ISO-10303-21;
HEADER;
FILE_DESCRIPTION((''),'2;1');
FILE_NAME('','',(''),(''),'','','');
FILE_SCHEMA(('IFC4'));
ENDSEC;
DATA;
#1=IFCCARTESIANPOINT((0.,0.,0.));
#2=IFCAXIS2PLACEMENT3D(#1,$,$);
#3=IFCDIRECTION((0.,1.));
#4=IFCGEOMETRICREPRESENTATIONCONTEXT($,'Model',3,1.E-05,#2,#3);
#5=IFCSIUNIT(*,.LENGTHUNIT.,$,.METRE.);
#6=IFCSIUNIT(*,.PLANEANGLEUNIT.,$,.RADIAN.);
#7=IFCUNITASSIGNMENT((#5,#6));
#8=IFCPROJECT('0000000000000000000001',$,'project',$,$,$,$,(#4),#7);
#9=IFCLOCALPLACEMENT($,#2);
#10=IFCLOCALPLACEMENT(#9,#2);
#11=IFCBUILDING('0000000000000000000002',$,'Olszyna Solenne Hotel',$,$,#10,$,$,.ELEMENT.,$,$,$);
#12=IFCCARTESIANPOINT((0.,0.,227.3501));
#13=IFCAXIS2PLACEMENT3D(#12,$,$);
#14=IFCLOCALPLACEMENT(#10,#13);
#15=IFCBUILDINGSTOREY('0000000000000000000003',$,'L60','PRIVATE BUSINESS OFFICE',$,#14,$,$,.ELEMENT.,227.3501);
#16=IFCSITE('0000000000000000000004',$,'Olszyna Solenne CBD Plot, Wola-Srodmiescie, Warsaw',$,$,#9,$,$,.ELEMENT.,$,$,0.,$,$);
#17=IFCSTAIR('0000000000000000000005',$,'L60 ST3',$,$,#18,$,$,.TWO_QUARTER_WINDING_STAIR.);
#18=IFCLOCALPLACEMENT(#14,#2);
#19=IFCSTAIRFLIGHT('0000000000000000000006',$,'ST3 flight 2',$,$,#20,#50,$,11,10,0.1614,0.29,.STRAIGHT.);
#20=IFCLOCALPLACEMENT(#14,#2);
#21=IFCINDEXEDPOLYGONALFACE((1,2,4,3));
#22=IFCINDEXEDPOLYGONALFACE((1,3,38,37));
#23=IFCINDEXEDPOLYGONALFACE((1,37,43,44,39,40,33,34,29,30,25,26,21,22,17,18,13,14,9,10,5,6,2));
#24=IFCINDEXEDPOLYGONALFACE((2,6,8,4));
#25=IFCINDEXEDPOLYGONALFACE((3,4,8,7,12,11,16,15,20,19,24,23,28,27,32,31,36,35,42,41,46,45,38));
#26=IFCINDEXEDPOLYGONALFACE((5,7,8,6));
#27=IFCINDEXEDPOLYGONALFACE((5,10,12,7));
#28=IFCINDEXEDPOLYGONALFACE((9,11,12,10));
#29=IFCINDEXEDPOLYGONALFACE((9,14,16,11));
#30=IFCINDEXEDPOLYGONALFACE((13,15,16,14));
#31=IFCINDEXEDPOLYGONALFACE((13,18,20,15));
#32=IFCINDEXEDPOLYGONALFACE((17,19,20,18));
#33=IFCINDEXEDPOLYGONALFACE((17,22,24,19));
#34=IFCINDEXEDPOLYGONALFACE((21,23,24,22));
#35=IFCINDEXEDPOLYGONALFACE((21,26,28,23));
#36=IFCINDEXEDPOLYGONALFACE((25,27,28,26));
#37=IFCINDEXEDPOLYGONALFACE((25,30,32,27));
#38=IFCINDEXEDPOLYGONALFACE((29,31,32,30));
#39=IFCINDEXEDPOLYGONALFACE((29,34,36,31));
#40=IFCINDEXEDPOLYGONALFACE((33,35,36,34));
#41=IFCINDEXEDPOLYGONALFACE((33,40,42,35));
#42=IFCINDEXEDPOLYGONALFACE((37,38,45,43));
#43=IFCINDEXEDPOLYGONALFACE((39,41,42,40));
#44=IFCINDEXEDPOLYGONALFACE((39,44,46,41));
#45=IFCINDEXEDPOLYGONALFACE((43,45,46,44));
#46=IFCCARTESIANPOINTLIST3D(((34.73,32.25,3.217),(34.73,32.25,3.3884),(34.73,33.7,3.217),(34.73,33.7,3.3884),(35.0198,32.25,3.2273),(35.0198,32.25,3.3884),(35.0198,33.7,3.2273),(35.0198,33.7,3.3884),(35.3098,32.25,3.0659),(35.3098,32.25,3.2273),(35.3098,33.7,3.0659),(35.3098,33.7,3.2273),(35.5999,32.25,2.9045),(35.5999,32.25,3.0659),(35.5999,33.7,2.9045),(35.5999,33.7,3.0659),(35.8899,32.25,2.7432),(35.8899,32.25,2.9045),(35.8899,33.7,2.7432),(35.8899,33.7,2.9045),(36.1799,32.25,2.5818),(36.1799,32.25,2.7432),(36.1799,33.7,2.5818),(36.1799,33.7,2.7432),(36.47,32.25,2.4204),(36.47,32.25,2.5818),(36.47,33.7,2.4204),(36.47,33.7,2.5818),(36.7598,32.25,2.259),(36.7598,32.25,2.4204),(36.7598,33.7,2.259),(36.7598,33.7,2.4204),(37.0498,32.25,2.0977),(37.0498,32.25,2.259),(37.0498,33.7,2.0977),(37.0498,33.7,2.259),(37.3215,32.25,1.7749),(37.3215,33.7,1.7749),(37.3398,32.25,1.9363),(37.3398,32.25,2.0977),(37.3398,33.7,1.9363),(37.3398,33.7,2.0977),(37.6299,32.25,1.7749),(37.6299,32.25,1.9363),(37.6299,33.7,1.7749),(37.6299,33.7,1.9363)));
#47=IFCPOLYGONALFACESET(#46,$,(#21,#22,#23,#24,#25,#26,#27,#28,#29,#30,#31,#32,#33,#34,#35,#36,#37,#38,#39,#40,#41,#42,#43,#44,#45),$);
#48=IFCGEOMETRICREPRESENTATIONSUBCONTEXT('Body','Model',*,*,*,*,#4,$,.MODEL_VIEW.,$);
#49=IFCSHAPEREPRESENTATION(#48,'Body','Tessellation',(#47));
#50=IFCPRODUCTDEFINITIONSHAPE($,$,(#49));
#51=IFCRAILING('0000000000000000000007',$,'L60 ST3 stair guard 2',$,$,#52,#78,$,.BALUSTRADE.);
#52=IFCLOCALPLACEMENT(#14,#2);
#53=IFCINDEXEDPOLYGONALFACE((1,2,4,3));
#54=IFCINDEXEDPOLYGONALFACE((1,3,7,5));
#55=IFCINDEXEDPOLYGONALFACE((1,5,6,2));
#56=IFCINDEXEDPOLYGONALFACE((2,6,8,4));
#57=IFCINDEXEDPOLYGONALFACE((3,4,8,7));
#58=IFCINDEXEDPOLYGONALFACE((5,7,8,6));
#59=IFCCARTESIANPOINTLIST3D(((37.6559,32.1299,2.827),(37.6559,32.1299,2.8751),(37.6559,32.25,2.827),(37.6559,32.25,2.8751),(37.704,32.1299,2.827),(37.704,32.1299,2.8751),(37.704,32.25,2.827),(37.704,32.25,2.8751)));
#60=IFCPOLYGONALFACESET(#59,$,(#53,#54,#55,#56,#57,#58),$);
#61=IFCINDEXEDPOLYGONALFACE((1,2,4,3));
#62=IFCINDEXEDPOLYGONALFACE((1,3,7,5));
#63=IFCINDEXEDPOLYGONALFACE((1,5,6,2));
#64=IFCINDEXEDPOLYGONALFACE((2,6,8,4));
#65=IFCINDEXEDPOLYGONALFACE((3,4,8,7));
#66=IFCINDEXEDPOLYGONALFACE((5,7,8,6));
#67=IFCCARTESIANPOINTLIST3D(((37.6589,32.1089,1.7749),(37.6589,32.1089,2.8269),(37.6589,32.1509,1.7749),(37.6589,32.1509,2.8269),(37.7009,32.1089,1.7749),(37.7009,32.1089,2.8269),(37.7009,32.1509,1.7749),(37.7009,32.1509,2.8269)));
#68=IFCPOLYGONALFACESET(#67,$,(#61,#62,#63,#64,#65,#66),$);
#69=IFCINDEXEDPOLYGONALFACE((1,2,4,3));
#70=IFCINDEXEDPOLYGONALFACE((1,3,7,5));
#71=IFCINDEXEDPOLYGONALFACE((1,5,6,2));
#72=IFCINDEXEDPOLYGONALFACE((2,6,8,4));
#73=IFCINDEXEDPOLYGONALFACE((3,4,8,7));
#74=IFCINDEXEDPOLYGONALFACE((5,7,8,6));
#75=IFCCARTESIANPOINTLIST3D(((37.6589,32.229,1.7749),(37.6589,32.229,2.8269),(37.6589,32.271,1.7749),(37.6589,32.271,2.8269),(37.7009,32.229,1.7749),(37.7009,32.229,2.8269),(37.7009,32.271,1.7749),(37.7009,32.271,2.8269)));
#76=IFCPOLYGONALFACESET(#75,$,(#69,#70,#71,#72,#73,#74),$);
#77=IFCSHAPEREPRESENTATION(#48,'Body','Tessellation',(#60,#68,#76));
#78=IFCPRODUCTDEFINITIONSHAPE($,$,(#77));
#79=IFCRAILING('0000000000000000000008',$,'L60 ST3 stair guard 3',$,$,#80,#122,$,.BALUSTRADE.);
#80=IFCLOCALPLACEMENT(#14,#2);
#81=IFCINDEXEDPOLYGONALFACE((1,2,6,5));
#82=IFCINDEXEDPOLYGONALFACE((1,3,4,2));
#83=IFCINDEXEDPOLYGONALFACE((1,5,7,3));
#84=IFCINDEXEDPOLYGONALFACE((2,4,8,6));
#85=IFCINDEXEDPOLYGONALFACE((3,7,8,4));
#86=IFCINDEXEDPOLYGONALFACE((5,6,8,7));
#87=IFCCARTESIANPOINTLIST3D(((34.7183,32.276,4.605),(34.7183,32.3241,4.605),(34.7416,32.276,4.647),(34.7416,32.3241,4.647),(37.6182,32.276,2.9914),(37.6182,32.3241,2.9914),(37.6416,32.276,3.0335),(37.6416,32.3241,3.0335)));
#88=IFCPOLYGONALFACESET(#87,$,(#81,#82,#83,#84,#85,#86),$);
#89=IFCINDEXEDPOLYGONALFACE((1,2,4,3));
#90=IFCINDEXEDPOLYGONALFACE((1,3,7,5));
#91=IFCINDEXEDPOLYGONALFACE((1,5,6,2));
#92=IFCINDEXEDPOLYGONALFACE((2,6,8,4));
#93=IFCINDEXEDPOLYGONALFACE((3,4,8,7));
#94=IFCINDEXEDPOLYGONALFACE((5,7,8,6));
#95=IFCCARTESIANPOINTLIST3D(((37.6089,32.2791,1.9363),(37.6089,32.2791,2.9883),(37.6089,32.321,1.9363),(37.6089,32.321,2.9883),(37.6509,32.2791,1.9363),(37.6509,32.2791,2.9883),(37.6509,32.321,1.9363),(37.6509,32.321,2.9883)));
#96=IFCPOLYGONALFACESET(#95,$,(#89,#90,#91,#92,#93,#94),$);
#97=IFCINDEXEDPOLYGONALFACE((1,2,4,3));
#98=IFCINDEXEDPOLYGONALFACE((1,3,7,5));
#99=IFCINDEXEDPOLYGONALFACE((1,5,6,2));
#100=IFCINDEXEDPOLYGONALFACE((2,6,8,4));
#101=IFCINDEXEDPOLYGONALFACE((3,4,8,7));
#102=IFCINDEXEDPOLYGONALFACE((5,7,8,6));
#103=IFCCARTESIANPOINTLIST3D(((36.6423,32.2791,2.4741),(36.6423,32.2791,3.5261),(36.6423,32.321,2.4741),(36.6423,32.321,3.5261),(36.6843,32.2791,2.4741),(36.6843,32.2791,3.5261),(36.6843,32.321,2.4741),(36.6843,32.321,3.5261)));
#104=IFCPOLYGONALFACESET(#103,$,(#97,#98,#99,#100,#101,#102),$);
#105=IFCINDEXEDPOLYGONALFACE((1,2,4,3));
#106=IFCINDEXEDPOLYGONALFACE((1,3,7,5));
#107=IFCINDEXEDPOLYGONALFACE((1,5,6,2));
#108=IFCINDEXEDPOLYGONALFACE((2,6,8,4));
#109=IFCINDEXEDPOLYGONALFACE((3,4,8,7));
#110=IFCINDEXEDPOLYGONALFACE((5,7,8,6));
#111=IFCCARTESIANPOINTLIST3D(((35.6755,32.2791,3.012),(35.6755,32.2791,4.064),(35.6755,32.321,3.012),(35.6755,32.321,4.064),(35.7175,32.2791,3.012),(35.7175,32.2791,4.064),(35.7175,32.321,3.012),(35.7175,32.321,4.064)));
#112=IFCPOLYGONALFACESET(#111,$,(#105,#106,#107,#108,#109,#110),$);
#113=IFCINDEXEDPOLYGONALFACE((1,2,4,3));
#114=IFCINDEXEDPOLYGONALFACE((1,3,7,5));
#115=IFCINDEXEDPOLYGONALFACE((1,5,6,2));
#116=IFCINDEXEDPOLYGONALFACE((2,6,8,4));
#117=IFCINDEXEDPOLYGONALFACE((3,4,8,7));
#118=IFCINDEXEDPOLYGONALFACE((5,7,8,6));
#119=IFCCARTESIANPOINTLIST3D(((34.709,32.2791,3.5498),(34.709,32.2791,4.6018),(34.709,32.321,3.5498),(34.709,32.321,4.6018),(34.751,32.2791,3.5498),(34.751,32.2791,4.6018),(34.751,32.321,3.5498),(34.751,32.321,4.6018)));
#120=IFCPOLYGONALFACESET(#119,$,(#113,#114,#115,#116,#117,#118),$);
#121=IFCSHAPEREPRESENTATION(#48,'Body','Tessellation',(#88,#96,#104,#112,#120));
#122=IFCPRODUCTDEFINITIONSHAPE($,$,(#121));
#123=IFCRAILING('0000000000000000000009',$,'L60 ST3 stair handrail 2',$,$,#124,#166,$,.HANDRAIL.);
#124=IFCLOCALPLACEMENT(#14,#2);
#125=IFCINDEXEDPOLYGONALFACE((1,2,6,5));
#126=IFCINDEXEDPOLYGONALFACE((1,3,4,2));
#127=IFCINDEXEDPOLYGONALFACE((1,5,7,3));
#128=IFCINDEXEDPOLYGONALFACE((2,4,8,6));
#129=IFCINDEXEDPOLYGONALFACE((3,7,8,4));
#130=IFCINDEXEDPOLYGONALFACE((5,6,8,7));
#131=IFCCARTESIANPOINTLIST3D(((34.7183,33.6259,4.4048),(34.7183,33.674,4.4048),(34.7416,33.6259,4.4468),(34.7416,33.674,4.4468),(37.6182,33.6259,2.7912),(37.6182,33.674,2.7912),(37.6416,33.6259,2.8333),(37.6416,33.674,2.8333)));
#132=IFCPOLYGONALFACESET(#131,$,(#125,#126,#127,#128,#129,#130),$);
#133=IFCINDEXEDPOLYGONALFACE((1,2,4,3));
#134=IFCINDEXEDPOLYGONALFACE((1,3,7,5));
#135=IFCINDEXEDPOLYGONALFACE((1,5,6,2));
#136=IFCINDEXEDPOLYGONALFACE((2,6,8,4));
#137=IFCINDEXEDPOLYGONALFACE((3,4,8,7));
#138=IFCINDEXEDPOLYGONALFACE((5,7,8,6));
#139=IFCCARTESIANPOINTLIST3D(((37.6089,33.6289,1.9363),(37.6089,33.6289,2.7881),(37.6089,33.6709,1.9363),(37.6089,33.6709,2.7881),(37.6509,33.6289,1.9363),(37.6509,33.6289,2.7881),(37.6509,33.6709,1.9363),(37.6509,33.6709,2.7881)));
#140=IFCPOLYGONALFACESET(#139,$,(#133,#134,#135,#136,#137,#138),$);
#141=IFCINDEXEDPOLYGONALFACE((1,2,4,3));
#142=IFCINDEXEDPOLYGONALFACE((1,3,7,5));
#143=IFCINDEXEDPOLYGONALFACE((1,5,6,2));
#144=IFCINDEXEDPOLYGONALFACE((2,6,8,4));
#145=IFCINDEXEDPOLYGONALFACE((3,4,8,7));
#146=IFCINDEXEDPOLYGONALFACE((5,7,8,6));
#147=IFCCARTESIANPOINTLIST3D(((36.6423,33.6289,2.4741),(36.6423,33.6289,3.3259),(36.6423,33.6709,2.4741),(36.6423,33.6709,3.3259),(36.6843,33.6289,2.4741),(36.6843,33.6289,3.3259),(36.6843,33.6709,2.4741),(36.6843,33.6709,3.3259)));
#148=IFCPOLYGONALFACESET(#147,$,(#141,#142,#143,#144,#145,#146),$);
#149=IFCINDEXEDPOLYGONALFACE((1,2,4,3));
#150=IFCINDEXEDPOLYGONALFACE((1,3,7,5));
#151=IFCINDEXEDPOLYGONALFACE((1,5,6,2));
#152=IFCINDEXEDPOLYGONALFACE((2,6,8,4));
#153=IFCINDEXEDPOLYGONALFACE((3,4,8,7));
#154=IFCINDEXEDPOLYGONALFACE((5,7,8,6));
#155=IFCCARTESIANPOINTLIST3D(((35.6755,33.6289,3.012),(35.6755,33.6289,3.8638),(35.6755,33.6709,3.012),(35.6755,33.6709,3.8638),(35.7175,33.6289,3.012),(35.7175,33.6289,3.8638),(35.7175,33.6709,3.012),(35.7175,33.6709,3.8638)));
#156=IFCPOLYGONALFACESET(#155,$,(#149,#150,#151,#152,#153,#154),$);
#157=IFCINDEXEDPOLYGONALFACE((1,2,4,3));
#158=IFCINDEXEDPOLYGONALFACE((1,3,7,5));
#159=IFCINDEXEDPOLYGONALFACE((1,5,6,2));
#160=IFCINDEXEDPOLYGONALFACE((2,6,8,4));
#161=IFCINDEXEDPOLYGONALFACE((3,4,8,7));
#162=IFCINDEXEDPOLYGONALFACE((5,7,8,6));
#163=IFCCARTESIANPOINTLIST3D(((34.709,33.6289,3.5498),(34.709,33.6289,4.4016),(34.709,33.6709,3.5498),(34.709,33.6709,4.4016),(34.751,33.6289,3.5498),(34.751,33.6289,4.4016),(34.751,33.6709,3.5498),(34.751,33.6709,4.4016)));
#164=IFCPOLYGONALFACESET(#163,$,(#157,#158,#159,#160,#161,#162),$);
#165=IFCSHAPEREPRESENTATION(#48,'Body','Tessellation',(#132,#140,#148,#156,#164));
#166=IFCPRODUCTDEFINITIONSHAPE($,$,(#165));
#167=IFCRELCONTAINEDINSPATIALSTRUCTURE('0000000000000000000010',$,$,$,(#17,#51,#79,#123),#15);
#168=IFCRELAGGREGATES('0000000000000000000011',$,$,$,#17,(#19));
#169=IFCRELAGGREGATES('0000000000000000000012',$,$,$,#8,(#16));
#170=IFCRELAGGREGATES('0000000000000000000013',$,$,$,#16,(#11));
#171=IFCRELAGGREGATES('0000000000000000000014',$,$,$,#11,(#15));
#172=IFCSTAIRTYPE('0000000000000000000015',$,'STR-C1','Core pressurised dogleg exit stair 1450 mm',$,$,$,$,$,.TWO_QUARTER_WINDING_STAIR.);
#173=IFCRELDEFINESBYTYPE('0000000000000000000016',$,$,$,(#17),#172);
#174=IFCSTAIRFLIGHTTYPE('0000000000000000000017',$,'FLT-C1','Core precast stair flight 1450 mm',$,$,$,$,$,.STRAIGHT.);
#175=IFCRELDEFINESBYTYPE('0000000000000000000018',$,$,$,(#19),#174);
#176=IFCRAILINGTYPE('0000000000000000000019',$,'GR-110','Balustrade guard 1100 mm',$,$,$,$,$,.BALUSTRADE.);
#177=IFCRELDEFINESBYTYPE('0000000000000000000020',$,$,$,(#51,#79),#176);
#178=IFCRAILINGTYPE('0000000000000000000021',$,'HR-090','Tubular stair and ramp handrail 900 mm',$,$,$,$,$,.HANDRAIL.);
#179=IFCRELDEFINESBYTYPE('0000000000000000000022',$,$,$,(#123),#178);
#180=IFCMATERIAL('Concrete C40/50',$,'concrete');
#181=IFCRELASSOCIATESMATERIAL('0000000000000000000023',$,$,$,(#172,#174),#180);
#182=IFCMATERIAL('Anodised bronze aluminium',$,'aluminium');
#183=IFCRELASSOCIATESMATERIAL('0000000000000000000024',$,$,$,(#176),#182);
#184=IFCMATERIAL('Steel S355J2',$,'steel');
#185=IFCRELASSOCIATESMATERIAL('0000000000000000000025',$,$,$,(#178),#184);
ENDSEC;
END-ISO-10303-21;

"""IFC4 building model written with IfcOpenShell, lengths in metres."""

from ifc_helpers import new_model, si_unit, direction, frame, origin, origin_2d, place, context, subcontext, project, spatial, polyline, rectangle, outline, extrude, material, type_object, element, aggregate, save


model = new_model("IFC4")

# Units and contexts
model_context = context("Model", 3, precision=1e-05, world=origin(), true_north=direction((0.0, 1.0)))
body_context = subcontext(model_context, "Body", "Model", "MODEL_VIEW")
ifc_project = project(units=[si_unit("LENGTHUNIT", "METRE"), si_unit("PLANEANGLEUNIT", "RADIAN")], contexts=[model_context])

# Site, building, storey
site_placement = place(None, origin())
site = spatial("IfcSite", under=ifc_project, at=site_placement, Name="Olszyna Solenne CBD Plot, Wola-Srodmiescie, Warsaw", CompositionType="ELEMENT", RefElevation=0.0)
building_placement = place(site_placement, origin())
building = spatial("IfcBuilding", under=site, at=building_placement, Name="Olszyna Solenne Hotel", CompositionType="ELEMENT")
storey_placement = place(building_placement, frame((0.0, 0.0, 227.3501)))
storey = spatial("IfcBuildingStorey", under=building, at=storey_placement, Name="L60", Description="PRIVATE BUSINESS OFFICE", CompositionType="ELEMENT", Elevation=227.3501)

# Shared definitions
ifc_material_1 = material(Name="Steel S355J2", Category="steel")

# Stair, stair flight
ifc_material_2 = material(Name="Concrete C40/50", Category="concrete")
stair_type = type_object("IfcStairType", Name="STR-C1", Description="Core pressurised dogleg exit stair 1450 mm", PredefinedType="TWO_QUARTER_WINDING_STAIR", material=ifc_material_2)
stair_placement = place(storey_placement, origin())
stair = element("IfcStair", 1, at=stair_placement, inside=storey, type_object=stair_type, Name="L60 ST3", PredefinedType="TWO_QUARTER_WINDING_STAIR")
stair_flight_type = type_object("IfcStairFlightType", Name="FLT-C1", Description="Core precast stair flight 1450 mm", PredefinedType="STRAIGHT", material=ifc_material_2)
stair_flight_placement = place(storey_placement, frame((37.6299, 32.9751, 1.7749), z_axis=(0.0, 0.0, 1.0), x_axis=(-1.0, 0.0, 0.0)))
stair_flight = element("IfcStairFlight", 2, at=stair_flight_placement, type_object=stair_flight_type, Name="ST3 flight 2", NumberOfRisers=11, NumberOfTreads=10, PredefinedType="STRAIGHT", RiserHeight=0.1614, TreadLength=0.29, context=body_context, shape_type="SweptSolid", body=[
    extrude(outline(polyline([(0.0, 0.0), (0.0, 0.1614), (0.29, 0.1614), (0.29, 0.3228), (0.5801, 0.3228), (0.5801, 0.4841), (0.8701, 0.4841), (0.8701, 0.6455), (1.1599, 0.6455), (1.1599, 0.8069), (1.45, 0.8069), (1.45, 0.9683), (1.74, 0.9683), (1.74, 1.1296), (2.03, 1.1296), (2.03, 1.291), (2.3201, 1.291), (2.3201, 1.4524), (2.6101, 1.4524), (2.6101, 1.6135), (2.8999, 1.6135), (2.8999, 1.7749), (2.8999, 1.4421), (0.3083, 0.0), (0.0, 0.0)])), frame((0.0, 0.7251, 0.0), z_axis=(0.0, -1.0, 0.0), x_axis=(1.0, 0.0, 0.0)), (0.0, 0.0, 1.0), 1.45),
])
aggregate(stair, [stair_flight])

# Railings
ifc_material_3 = material(Name="Anodised bronze aluminium", Category="aluminium")
railing_type_1 = type_object("IfcRailingType", Name="GR-110", Description="Balustrade guard 1100 mm", PredefinedType="BALUSTRADE", material=ifc_material_3)
railing_1_placement = place(storey_placement, frame((37.6799, 32.1299, 1.7749)))
element("IfcRailing", 3, at=railing_1_placement, inside=storey, type_object=railing_type_1, Name="L60 ST3 stair guard 2", PredefinedType="BALUSTRADE", context=body_context, shape_type="SweptSolid", body=[
    extrude(rectangle(XDim=0.0481, YDim=0.0481, at=origin_2d()), frame((0.0, 0.0, 1.0762), z_axis=(0.0, 1.0, 0.0), x_axis=(-1.0, 0.0, 0.0)), (0.0, 0.0, 1.0), 0.1201),
    extrude(rectangle(XDim=0.042, YDim=0.042, at=origin_2d()), origin(), (0.0, 0.0, 1.0), 1.052),
    extrude(rectangle(XDim=0.042, YDim=0.042, at=origin_2d()), frame((0.0, 0.1201, 0.0)), (0.0, 0.0, 1.0), 1.052),
])
railing_2_placement = place(storey_placement, frame((37.6299, 32.3, 1.9363)))
element("IfcRailing", 4, at=railing_2_placement, inside=storey, type_object=railing_type_1, Name="L60 ST3 stair guard 3", PredefinedType="BALUSTRADE", context=body_context, shape_type="SweptSolid", body=[
    extrude(rectangle(XDim=0.0481, YDim=0.0481, at=origin_2d()), frame((0.0, 0.0, 1.0762), z_axis=(-0.873841, 0.0, 0.486211), x_axis=(0.0, -1.0, 0.0)), (0.0, 0.0, 1.0), 3.3186),
    extrude(rectangle(XDim=0.042, YDim=0.042, at=origin_2d()), origin(), (0.0, 0.0, 1.0), 1.052),
    extrude(rectangle(XDim=0.042, YDim=0.042, at=origin_2d()), frame((-0.9666, 0.0, 0.5378)), (0.0, 0.0, 1.0), 1.052),
    extrude(rectangle(XDim=0.042, YDim=0.042, at=origin_2d()), frame((-1.9333, 0.0, 1.0757)), (0.0, 0.0, 1.0), 1.052),
    extrude(rectangle(XDim=0.042, YDim=0.042, at=origin_2d()), frame((-2.8999, 0.0, 1.6135)), (0.0, 0.0, 1.0), 1.052),
])
railing_type_2 = type_object("IfcRailingType", Name="HR-090", Description="Tubular stair and ramp handrail 900 mm", PredefinedType="HANDRAIL", material=ifc_material_1)
railing_3_placement = place(storey_placement, frame((37.6299, 33.6499, 1.9363)))
element("IfcRailing", 5, at=railing_3_placement, inside=storey, type_object=railing_type_2, Name="L60 ST3 stair handrail 2", PredefinedType="HANDRAIL", context=body_context, shape_type="SweptSolid", body=[
    extrude(rectangle(XDim=0.0481, YDim=0.0481, at=origin_2d()), frame((0.0, 0.0, 0.876), z_axis=(-0.873841, 0.0, 0.486211), x_axis=(0.0, -1.0, 0.0)), (0.0, 0.0, 1.0), 3.3186),
    extrude(rectangle(XDim=0.042, YDim=0.042, at=origin_2d()), origin(), (0.0, 0.0, 1.0), 0.8518),
    extrude(rectangle(XDim=0.042, YDim=0.042, at=origin_2d()), frame((-0.9666, 0.0, 0.5378)), (0.0, 0.0, 1.0), 0.8518),
    extrude(rectangle(XDim=0.042, YDim=0.042, at=origin_2d()), frame((-1.9333, 0.0, 1.0757)), (0.0, 0.0, 1.0), 0.8518),
    extrude(rectangle(XDim=0.042, YDim=0.042, at=origin_2d()), frame((-2.8999, 0.0, 1.6135)), (0.0, 0.0, 1.0), 0.8518),
])

save(model, "model.ifc")
